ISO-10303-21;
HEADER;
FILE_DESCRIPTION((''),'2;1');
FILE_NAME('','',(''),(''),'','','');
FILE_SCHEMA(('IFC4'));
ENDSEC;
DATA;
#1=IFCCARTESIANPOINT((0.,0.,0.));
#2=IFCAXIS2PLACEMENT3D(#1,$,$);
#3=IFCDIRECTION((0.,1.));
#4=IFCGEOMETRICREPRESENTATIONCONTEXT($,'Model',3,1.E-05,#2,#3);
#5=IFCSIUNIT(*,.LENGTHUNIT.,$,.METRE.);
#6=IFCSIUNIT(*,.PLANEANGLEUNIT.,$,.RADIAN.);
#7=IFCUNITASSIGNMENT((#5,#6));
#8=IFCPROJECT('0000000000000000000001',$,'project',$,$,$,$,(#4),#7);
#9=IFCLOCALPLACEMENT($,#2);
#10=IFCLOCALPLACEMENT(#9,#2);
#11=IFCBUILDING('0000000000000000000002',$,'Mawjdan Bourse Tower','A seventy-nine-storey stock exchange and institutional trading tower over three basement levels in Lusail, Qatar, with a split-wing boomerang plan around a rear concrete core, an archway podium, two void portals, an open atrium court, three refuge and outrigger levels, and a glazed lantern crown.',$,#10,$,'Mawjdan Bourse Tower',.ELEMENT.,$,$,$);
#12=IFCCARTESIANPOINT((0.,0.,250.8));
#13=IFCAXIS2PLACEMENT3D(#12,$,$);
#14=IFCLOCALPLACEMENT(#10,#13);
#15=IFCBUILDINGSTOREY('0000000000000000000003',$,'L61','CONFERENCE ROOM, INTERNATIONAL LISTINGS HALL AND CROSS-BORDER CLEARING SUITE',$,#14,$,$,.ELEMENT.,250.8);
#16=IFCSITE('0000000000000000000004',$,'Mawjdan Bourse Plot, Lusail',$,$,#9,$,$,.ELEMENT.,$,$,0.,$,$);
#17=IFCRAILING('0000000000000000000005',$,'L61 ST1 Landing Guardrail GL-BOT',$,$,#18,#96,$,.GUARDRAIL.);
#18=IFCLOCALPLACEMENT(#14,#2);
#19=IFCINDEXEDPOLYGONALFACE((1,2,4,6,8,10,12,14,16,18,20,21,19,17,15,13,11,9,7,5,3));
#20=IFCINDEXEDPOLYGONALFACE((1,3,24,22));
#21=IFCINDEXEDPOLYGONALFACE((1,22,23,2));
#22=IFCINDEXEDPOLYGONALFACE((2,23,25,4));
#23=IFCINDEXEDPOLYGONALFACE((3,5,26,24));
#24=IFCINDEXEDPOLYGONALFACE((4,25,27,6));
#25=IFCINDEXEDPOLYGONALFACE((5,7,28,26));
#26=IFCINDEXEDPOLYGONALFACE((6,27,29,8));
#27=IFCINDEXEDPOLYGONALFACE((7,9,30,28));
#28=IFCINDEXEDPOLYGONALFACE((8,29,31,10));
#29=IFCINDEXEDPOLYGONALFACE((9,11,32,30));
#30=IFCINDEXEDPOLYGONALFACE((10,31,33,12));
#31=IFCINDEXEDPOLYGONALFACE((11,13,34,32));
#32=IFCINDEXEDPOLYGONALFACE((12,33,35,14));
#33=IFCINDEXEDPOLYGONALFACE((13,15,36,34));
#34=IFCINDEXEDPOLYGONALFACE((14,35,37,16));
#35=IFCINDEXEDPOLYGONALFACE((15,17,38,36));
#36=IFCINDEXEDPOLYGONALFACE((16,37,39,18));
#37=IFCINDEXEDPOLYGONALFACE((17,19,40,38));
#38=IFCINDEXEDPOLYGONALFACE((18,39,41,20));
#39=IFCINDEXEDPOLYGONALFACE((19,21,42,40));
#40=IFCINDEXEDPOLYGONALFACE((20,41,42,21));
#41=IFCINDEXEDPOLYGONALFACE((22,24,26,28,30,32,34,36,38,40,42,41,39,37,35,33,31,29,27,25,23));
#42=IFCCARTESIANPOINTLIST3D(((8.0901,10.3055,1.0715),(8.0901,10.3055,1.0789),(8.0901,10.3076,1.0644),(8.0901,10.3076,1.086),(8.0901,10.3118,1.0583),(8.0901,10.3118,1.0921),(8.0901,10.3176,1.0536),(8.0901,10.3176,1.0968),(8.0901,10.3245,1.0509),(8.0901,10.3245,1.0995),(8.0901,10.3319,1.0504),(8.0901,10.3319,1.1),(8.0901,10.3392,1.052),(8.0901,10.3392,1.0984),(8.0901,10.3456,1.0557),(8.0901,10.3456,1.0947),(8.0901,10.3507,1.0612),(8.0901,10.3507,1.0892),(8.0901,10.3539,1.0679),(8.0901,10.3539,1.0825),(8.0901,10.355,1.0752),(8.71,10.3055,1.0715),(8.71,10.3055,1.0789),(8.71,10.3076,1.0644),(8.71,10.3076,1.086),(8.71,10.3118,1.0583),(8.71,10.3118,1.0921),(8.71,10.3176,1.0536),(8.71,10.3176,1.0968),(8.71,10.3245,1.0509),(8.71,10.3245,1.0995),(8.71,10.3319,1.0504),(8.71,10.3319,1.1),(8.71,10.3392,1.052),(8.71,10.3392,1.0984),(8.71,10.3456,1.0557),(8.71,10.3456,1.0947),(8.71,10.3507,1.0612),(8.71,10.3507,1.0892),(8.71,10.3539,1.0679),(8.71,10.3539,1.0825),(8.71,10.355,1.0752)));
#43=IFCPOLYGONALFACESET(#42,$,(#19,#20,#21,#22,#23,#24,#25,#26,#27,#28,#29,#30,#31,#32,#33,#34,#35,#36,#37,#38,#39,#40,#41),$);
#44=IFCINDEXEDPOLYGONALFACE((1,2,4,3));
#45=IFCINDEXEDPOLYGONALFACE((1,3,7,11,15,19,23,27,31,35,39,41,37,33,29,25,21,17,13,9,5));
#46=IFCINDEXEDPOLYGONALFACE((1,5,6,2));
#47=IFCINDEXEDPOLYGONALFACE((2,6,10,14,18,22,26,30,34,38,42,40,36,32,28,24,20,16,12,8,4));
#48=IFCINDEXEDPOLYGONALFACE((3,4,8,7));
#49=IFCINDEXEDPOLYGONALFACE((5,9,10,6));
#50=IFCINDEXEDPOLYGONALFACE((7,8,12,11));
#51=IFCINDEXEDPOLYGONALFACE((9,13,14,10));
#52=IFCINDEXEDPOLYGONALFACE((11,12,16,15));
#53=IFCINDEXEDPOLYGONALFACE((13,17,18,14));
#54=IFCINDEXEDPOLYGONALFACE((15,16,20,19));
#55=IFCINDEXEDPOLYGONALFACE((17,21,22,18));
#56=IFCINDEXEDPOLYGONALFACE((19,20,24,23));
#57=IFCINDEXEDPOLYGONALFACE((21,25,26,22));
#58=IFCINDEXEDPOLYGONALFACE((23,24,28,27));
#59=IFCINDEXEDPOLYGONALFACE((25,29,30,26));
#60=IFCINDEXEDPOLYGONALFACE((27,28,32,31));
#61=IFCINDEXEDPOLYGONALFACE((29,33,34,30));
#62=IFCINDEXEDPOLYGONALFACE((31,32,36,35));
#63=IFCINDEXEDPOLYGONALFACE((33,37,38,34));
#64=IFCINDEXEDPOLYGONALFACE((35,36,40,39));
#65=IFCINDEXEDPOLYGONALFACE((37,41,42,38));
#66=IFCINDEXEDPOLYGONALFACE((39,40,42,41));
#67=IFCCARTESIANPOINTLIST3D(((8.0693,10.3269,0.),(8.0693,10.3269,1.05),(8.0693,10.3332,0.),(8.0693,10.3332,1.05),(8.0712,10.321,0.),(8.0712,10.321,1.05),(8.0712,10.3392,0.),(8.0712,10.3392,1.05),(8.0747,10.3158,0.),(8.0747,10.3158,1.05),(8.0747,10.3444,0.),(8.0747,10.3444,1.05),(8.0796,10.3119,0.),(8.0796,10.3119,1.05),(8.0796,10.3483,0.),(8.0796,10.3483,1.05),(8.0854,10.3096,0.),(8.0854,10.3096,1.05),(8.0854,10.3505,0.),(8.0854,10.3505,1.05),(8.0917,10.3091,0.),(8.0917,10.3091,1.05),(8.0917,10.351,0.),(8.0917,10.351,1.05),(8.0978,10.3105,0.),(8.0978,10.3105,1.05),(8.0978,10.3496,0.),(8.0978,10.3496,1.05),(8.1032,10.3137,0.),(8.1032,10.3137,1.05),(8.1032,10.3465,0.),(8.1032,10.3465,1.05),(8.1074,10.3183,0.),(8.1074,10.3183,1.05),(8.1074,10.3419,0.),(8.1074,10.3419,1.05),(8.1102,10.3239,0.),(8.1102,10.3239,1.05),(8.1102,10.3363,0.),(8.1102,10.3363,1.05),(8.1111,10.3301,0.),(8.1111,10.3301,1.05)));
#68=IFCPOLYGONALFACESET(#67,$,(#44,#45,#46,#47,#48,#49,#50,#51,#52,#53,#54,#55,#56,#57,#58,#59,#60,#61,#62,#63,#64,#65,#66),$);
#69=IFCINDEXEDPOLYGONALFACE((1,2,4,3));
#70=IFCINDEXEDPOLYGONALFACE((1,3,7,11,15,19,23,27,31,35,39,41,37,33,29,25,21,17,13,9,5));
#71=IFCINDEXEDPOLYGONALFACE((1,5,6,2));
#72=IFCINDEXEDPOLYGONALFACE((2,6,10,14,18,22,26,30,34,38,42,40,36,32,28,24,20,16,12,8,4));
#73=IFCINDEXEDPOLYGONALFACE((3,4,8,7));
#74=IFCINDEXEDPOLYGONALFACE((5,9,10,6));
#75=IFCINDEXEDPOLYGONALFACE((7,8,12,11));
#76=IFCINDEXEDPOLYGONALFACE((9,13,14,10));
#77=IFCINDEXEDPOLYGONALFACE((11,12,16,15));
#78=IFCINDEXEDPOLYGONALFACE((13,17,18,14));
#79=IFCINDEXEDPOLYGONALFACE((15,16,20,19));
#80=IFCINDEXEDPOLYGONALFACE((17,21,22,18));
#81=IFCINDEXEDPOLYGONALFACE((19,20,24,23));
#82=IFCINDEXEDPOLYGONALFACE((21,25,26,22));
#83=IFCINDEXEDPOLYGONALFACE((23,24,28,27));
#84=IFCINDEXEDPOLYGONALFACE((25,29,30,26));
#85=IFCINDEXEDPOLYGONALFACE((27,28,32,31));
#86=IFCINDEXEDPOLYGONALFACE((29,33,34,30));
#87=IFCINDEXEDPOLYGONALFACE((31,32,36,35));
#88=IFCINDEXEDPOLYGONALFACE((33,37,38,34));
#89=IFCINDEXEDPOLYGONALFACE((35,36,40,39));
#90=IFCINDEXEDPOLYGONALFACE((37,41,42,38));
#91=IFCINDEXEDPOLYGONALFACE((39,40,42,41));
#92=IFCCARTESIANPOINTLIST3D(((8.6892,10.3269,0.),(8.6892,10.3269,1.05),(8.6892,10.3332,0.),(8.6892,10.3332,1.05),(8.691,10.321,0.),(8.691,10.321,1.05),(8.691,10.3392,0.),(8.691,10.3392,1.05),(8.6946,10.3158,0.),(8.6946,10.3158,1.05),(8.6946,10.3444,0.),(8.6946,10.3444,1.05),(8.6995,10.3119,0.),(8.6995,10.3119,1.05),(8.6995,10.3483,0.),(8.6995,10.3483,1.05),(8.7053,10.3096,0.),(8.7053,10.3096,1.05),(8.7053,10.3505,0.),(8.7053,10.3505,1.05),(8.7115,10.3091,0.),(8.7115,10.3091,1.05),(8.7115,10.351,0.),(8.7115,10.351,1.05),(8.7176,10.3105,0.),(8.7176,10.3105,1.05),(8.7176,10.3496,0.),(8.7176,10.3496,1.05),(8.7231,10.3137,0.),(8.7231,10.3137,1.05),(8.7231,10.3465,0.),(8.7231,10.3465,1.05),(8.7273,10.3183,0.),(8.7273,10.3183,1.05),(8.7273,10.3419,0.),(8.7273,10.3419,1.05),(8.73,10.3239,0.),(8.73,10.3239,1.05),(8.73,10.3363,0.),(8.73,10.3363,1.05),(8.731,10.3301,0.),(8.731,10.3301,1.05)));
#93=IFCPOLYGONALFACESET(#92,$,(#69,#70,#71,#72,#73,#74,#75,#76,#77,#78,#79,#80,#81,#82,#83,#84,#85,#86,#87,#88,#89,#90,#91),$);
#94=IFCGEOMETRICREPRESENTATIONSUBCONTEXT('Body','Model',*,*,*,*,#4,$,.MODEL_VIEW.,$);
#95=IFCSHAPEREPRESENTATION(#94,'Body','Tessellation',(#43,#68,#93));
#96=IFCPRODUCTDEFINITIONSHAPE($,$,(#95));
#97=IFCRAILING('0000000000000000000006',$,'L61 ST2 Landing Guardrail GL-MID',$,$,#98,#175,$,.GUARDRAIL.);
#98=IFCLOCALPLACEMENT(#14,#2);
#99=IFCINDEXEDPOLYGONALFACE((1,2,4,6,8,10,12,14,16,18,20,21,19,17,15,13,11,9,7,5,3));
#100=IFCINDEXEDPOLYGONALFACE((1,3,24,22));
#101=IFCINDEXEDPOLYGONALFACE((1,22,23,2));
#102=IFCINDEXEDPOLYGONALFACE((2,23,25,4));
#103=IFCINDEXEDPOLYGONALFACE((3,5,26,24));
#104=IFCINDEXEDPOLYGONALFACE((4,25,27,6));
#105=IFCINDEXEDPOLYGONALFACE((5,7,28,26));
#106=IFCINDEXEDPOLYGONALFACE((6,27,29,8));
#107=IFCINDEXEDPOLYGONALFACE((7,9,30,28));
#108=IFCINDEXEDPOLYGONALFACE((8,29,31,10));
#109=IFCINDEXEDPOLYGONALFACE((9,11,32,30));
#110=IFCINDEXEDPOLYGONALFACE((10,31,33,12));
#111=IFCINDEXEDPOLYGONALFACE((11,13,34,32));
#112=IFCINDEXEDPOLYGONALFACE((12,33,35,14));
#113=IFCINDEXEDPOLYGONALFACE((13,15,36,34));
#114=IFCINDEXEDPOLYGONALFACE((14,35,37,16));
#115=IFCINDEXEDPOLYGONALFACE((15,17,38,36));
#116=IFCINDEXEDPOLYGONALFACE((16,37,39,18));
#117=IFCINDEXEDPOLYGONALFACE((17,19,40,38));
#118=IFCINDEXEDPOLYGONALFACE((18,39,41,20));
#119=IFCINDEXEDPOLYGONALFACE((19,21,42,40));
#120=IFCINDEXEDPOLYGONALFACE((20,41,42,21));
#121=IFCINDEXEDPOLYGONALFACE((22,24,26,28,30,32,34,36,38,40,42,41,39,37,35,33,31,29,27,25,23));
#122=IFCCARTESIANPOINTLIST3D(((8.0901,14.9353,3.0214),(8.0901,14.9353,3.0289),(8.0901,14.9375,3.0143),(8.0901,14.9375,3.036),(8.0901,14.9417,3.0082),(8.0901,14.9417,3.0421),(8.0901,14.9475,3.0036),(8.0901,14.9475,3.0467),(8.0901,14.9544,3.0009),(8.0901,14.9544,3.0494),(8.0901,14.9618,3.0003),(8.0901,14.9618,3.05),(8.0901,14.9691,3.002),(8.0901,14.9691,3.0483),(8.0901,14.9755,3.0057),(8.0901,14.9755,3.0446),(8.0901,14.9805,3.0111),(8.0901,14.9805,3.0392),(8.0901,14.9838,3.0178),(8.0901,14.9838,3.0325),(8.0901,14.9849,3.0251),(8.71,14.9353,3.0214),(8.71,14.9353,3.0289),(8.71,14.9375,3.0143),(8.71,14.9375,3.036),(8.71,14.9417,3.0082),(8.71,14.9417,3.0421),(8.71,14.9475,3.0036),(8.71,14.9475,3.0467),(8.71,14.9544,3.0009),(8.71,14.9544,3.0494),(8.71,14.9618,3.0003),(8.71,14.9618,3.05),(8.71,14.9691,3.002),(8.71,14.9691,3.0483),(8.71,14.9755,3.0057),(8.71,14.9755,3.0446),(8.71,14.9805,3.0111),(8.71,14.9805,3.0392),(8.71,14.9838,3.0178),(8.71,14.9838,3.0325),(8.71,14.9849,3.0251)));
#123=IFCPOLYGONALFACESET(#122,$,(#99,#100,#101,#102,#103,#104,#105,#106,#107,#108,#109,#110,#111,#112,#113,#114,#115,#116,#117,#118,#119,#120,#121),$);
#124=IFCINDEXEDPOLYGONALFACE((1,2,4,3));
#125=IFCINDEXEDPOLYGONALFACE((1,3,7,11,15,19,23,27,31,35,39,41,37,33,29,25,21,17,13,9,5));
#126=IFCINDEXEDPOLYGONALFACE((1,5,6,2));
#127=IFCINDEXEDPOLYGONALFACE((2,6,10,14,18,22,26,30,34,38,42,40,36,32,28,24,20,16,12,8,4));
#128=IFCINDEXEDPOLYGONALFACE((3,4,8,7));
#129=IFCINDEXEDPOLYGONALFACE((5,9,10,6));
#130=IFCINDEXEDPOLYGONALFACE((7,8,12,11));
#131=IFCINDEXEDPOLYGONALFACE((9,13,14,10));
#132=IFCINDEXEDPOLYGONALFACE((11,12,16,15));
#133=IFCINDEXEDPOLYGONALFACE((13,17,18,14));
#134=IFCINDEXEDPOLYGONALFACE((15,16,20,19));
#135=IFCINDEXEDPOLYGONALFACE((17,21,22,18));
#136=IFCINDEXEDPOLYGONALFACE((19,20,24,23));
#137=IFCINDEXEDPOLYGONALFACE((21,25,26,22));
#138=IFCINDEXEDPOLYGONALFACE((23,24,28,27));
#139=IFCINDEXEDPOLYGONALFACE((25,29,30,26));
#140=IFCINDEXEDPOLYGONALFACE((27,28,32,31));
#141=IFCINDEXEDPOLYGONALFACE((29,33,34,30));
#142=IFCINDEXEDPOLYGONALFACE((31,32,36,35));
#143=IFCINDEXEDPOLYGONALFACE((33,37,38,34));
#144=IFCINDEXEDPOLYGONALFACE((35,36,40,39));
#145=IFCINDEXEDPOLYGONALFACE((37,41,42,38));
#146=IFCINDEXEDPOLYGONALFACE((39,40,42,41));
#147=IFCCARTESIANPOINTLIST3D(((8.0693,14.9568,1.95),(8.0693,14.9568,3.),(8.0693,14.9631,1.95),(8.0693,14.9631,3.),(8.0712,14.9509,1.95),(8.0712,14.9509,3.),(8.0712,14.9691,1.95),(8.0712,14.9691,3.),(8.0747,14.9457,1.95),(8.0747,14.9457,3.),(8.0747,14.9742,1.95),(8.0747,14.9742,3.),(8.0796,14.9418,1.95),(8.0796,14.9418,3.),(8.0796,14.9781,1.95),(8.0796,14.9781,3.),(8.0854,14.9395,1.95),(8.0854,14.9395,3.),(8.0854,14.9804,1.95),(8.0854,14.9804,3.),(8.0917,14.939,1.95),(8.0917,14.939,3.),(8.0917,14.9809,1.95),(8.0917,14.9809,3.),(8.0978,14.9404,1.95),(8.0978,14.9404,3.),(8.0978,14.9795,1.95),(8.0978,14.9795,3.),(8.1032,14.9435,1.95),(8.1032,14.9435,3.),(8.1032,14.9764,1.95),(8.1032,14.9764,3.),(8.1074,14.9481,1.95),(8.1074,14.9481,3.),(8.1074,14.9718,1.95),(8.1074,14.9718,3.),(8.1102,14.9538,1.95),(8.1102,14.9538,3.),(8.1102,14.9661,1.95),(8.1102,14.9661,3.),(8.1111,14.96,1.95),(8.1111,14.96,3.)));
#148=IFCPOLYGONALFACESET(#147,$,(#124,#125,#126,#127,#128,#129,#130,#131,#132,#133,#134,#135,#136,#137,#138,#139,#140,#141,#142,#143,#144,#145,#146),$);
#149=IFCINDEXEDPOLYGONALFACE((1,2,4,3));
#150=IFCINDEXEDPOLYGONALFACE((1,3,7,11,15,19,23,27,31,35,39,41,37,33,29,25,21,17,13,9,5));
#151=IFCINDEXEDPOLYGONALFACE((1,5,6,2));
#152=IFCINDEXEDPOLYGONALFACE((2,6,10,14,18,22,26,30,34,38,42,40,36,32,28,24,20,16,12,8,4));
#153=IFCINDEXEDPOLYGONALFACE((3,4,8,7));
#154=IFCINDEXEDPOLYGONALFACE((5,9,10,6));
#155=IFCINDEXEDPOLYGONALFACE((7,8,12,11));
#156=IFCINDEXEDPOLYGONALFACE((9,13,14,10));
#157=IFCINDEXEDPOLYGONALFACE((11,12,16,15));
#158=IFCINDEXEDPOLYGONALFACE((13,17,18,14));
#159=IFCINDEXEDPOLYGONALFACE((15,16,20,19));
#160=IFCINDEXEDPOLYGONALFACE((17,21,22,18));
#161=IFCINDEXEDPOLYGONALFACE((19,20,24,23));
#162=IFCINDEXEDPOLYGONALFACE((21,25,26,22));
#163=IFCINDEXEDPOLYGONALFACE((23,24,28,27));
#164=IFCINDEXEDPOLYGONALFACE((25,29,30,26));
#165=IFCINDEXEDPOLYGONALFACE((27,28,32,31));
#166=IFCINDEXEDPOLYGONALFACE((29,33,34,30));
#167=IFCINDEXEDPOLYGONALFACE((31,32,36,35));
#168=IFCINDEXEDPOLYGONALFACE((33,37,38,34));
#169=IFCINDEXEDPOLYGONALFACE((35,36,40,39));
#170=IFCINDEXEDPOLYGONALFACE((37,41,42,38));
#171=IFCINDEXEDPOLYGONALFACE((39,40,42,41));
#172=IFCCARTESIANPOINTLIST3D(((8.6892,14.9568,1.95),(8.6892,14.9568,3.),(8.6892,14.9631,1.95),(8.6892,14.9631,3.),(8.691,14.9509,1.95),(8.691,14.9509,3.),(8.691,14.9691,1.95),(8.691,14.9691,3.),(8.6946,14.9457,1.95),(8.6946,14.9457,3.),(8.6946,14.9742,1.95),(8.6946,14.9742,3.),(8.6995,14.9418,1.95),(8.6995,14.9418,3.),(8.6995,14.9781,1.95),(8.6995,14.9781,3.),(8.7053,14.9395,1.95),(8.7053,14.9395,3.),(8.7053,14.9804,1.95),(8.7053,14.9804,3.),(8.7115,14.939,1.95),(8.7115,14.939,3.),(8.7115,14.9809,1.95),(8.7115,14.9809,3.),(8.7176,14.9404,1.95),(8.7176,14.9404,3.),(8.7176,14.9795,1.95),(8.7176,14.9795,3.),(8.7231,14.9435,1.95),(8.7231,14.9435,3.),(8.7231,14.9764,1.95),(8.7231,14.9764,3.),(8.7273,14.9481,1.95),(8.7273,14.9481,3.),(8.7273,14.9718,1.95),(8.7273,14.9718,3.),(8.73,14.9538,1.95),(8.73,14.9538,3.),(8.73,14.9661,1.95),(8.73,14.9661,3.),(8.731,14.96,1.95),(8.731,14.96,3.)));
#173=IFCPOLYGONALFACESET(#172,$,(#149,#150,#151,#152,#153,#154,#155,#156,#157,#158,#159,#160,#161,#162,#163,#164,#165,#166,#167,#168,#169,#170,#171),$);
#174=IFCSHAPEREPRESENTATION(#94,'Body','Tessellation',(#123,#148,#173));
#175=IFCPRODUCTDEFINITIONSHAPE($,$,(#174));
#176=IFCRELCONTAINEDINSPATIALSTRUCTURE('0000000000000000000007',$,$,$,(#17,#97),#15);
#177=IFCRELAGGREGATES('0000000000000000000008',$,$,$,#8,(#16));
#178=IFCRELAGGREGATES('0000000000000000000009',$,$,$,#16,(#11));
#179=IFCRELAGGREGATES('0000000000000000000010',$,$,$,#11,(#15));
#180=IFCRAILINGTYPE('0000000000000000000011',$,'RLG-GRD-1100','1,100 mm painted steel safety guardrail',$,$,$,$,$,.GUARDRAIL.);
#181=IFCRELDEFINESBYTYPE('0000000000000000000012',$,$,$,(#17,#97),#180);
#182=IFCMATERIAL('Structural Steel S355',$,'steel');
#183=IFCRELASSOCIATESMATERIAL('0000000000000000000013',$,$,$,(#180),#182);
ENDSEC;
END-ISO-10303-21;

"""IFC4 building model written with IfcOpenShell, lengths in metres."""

from ifc_helpers import new_model, si_unit, direction, frame, origin, origin_2d, place, context, subcontext, project, spatial, circle, extrude, material, type_object, element, save


model = new_model("IFC4")

# Units and contexts
model_context = context("Model", 3, precision=1e-05, world=origin(), true_north=direction((0.0, 1.0)))
body_context = subcontext(model_context, "Body", "Model", "MODEL_VIEW")
ifc_project = project(units=[si_unit("LENGTHUNIT", "METRE"), si_unit("PLANEANGLEUNIT", "RADIAN")], contexts=[model_context])

# Site, building, storey
site_placement = place(None, origin())
site = spatial("IfcSite", under=ifc_project, at=site_placement, Name="Mawjdan Bourse Plot, Lusail", CompositionType="ELEMENT", RefElevation=0.0)
building_placement = place(site_placement, origin())
building = spatial("IfcBuilding", under=site, at=building_placement, Name="Mawjdan Bourse Tower", Description="A seventy-nine-storey stock exchange and institutional trading tower over three basement levels in Lusail, Qatar, with a split-wing boomerang plan around a rear concrete core, an archway podium, two void portals, an open atrium court, three refuge and outrigger levels, and a glazed lantern crown.", LongName="Mawjdan Bourse Tower", CompositionType="ELEMENT")
storey_placement = place(building_placement, frame((0.0, 0.0, 250.8)))
storey = spatial("IfcBuildingStorey", under=building, at=storey_placement, Name="L61", Description="CONFERENCE ROOM, INTERNATIONAL LISTINGS HALL AND CROSS-BORDER CLEARING SUITE", CompositionType="ELEMENT", Elevation=250.8)

# Railings
ifc_material_1 = material(Name="Structural Steel S355", Category="steel")
railing_type_1 = type_object("IfcRailingType", Name="RLG-GRD-1100", Description="1,100 mm painted steel safety guardrail", PredefinedType="GUARDRAIL", material=ifc_material_1)
for number, where, name in (
    (1, (8.0901, 10.3301, 0.0), "L61 ST1 Landing Guardrail GL-BOT"),
    (2, (8.0901, 14.96, 1.95), "L61 ST2 Landing Guardrail GL-MID"),
):
    element("IfcRailing", number, at=place(storey_placement, frame(where)), inside=storey, type_object=railing_type_1, Name=name, PredefinedType="GUARDRAIL", context=body_context, shape_type="SweptSolid", body=[
        extrude(circle(Radius=0.0249, at=origin_2d()), frame((0.0, 0.0, 1.0752), z_axis=(1.0, 0.0, 0.0), x_axis=(0.0, 1.0, 0.0)), (0.0, 0.0, 1.0), 0.6199),
        extrude(circle(Radius=0.021, at=origin_2d()), origin(), (0.0, 0.0, 1.0), 1.05),
        extrude(circle(Radius=0.021, at=origin_2d()), frame((0.6199, 0.0, 0.0)), (0.0, 0.0, 1.0), 1.05),
    ])

save(model, "model.ifc")
